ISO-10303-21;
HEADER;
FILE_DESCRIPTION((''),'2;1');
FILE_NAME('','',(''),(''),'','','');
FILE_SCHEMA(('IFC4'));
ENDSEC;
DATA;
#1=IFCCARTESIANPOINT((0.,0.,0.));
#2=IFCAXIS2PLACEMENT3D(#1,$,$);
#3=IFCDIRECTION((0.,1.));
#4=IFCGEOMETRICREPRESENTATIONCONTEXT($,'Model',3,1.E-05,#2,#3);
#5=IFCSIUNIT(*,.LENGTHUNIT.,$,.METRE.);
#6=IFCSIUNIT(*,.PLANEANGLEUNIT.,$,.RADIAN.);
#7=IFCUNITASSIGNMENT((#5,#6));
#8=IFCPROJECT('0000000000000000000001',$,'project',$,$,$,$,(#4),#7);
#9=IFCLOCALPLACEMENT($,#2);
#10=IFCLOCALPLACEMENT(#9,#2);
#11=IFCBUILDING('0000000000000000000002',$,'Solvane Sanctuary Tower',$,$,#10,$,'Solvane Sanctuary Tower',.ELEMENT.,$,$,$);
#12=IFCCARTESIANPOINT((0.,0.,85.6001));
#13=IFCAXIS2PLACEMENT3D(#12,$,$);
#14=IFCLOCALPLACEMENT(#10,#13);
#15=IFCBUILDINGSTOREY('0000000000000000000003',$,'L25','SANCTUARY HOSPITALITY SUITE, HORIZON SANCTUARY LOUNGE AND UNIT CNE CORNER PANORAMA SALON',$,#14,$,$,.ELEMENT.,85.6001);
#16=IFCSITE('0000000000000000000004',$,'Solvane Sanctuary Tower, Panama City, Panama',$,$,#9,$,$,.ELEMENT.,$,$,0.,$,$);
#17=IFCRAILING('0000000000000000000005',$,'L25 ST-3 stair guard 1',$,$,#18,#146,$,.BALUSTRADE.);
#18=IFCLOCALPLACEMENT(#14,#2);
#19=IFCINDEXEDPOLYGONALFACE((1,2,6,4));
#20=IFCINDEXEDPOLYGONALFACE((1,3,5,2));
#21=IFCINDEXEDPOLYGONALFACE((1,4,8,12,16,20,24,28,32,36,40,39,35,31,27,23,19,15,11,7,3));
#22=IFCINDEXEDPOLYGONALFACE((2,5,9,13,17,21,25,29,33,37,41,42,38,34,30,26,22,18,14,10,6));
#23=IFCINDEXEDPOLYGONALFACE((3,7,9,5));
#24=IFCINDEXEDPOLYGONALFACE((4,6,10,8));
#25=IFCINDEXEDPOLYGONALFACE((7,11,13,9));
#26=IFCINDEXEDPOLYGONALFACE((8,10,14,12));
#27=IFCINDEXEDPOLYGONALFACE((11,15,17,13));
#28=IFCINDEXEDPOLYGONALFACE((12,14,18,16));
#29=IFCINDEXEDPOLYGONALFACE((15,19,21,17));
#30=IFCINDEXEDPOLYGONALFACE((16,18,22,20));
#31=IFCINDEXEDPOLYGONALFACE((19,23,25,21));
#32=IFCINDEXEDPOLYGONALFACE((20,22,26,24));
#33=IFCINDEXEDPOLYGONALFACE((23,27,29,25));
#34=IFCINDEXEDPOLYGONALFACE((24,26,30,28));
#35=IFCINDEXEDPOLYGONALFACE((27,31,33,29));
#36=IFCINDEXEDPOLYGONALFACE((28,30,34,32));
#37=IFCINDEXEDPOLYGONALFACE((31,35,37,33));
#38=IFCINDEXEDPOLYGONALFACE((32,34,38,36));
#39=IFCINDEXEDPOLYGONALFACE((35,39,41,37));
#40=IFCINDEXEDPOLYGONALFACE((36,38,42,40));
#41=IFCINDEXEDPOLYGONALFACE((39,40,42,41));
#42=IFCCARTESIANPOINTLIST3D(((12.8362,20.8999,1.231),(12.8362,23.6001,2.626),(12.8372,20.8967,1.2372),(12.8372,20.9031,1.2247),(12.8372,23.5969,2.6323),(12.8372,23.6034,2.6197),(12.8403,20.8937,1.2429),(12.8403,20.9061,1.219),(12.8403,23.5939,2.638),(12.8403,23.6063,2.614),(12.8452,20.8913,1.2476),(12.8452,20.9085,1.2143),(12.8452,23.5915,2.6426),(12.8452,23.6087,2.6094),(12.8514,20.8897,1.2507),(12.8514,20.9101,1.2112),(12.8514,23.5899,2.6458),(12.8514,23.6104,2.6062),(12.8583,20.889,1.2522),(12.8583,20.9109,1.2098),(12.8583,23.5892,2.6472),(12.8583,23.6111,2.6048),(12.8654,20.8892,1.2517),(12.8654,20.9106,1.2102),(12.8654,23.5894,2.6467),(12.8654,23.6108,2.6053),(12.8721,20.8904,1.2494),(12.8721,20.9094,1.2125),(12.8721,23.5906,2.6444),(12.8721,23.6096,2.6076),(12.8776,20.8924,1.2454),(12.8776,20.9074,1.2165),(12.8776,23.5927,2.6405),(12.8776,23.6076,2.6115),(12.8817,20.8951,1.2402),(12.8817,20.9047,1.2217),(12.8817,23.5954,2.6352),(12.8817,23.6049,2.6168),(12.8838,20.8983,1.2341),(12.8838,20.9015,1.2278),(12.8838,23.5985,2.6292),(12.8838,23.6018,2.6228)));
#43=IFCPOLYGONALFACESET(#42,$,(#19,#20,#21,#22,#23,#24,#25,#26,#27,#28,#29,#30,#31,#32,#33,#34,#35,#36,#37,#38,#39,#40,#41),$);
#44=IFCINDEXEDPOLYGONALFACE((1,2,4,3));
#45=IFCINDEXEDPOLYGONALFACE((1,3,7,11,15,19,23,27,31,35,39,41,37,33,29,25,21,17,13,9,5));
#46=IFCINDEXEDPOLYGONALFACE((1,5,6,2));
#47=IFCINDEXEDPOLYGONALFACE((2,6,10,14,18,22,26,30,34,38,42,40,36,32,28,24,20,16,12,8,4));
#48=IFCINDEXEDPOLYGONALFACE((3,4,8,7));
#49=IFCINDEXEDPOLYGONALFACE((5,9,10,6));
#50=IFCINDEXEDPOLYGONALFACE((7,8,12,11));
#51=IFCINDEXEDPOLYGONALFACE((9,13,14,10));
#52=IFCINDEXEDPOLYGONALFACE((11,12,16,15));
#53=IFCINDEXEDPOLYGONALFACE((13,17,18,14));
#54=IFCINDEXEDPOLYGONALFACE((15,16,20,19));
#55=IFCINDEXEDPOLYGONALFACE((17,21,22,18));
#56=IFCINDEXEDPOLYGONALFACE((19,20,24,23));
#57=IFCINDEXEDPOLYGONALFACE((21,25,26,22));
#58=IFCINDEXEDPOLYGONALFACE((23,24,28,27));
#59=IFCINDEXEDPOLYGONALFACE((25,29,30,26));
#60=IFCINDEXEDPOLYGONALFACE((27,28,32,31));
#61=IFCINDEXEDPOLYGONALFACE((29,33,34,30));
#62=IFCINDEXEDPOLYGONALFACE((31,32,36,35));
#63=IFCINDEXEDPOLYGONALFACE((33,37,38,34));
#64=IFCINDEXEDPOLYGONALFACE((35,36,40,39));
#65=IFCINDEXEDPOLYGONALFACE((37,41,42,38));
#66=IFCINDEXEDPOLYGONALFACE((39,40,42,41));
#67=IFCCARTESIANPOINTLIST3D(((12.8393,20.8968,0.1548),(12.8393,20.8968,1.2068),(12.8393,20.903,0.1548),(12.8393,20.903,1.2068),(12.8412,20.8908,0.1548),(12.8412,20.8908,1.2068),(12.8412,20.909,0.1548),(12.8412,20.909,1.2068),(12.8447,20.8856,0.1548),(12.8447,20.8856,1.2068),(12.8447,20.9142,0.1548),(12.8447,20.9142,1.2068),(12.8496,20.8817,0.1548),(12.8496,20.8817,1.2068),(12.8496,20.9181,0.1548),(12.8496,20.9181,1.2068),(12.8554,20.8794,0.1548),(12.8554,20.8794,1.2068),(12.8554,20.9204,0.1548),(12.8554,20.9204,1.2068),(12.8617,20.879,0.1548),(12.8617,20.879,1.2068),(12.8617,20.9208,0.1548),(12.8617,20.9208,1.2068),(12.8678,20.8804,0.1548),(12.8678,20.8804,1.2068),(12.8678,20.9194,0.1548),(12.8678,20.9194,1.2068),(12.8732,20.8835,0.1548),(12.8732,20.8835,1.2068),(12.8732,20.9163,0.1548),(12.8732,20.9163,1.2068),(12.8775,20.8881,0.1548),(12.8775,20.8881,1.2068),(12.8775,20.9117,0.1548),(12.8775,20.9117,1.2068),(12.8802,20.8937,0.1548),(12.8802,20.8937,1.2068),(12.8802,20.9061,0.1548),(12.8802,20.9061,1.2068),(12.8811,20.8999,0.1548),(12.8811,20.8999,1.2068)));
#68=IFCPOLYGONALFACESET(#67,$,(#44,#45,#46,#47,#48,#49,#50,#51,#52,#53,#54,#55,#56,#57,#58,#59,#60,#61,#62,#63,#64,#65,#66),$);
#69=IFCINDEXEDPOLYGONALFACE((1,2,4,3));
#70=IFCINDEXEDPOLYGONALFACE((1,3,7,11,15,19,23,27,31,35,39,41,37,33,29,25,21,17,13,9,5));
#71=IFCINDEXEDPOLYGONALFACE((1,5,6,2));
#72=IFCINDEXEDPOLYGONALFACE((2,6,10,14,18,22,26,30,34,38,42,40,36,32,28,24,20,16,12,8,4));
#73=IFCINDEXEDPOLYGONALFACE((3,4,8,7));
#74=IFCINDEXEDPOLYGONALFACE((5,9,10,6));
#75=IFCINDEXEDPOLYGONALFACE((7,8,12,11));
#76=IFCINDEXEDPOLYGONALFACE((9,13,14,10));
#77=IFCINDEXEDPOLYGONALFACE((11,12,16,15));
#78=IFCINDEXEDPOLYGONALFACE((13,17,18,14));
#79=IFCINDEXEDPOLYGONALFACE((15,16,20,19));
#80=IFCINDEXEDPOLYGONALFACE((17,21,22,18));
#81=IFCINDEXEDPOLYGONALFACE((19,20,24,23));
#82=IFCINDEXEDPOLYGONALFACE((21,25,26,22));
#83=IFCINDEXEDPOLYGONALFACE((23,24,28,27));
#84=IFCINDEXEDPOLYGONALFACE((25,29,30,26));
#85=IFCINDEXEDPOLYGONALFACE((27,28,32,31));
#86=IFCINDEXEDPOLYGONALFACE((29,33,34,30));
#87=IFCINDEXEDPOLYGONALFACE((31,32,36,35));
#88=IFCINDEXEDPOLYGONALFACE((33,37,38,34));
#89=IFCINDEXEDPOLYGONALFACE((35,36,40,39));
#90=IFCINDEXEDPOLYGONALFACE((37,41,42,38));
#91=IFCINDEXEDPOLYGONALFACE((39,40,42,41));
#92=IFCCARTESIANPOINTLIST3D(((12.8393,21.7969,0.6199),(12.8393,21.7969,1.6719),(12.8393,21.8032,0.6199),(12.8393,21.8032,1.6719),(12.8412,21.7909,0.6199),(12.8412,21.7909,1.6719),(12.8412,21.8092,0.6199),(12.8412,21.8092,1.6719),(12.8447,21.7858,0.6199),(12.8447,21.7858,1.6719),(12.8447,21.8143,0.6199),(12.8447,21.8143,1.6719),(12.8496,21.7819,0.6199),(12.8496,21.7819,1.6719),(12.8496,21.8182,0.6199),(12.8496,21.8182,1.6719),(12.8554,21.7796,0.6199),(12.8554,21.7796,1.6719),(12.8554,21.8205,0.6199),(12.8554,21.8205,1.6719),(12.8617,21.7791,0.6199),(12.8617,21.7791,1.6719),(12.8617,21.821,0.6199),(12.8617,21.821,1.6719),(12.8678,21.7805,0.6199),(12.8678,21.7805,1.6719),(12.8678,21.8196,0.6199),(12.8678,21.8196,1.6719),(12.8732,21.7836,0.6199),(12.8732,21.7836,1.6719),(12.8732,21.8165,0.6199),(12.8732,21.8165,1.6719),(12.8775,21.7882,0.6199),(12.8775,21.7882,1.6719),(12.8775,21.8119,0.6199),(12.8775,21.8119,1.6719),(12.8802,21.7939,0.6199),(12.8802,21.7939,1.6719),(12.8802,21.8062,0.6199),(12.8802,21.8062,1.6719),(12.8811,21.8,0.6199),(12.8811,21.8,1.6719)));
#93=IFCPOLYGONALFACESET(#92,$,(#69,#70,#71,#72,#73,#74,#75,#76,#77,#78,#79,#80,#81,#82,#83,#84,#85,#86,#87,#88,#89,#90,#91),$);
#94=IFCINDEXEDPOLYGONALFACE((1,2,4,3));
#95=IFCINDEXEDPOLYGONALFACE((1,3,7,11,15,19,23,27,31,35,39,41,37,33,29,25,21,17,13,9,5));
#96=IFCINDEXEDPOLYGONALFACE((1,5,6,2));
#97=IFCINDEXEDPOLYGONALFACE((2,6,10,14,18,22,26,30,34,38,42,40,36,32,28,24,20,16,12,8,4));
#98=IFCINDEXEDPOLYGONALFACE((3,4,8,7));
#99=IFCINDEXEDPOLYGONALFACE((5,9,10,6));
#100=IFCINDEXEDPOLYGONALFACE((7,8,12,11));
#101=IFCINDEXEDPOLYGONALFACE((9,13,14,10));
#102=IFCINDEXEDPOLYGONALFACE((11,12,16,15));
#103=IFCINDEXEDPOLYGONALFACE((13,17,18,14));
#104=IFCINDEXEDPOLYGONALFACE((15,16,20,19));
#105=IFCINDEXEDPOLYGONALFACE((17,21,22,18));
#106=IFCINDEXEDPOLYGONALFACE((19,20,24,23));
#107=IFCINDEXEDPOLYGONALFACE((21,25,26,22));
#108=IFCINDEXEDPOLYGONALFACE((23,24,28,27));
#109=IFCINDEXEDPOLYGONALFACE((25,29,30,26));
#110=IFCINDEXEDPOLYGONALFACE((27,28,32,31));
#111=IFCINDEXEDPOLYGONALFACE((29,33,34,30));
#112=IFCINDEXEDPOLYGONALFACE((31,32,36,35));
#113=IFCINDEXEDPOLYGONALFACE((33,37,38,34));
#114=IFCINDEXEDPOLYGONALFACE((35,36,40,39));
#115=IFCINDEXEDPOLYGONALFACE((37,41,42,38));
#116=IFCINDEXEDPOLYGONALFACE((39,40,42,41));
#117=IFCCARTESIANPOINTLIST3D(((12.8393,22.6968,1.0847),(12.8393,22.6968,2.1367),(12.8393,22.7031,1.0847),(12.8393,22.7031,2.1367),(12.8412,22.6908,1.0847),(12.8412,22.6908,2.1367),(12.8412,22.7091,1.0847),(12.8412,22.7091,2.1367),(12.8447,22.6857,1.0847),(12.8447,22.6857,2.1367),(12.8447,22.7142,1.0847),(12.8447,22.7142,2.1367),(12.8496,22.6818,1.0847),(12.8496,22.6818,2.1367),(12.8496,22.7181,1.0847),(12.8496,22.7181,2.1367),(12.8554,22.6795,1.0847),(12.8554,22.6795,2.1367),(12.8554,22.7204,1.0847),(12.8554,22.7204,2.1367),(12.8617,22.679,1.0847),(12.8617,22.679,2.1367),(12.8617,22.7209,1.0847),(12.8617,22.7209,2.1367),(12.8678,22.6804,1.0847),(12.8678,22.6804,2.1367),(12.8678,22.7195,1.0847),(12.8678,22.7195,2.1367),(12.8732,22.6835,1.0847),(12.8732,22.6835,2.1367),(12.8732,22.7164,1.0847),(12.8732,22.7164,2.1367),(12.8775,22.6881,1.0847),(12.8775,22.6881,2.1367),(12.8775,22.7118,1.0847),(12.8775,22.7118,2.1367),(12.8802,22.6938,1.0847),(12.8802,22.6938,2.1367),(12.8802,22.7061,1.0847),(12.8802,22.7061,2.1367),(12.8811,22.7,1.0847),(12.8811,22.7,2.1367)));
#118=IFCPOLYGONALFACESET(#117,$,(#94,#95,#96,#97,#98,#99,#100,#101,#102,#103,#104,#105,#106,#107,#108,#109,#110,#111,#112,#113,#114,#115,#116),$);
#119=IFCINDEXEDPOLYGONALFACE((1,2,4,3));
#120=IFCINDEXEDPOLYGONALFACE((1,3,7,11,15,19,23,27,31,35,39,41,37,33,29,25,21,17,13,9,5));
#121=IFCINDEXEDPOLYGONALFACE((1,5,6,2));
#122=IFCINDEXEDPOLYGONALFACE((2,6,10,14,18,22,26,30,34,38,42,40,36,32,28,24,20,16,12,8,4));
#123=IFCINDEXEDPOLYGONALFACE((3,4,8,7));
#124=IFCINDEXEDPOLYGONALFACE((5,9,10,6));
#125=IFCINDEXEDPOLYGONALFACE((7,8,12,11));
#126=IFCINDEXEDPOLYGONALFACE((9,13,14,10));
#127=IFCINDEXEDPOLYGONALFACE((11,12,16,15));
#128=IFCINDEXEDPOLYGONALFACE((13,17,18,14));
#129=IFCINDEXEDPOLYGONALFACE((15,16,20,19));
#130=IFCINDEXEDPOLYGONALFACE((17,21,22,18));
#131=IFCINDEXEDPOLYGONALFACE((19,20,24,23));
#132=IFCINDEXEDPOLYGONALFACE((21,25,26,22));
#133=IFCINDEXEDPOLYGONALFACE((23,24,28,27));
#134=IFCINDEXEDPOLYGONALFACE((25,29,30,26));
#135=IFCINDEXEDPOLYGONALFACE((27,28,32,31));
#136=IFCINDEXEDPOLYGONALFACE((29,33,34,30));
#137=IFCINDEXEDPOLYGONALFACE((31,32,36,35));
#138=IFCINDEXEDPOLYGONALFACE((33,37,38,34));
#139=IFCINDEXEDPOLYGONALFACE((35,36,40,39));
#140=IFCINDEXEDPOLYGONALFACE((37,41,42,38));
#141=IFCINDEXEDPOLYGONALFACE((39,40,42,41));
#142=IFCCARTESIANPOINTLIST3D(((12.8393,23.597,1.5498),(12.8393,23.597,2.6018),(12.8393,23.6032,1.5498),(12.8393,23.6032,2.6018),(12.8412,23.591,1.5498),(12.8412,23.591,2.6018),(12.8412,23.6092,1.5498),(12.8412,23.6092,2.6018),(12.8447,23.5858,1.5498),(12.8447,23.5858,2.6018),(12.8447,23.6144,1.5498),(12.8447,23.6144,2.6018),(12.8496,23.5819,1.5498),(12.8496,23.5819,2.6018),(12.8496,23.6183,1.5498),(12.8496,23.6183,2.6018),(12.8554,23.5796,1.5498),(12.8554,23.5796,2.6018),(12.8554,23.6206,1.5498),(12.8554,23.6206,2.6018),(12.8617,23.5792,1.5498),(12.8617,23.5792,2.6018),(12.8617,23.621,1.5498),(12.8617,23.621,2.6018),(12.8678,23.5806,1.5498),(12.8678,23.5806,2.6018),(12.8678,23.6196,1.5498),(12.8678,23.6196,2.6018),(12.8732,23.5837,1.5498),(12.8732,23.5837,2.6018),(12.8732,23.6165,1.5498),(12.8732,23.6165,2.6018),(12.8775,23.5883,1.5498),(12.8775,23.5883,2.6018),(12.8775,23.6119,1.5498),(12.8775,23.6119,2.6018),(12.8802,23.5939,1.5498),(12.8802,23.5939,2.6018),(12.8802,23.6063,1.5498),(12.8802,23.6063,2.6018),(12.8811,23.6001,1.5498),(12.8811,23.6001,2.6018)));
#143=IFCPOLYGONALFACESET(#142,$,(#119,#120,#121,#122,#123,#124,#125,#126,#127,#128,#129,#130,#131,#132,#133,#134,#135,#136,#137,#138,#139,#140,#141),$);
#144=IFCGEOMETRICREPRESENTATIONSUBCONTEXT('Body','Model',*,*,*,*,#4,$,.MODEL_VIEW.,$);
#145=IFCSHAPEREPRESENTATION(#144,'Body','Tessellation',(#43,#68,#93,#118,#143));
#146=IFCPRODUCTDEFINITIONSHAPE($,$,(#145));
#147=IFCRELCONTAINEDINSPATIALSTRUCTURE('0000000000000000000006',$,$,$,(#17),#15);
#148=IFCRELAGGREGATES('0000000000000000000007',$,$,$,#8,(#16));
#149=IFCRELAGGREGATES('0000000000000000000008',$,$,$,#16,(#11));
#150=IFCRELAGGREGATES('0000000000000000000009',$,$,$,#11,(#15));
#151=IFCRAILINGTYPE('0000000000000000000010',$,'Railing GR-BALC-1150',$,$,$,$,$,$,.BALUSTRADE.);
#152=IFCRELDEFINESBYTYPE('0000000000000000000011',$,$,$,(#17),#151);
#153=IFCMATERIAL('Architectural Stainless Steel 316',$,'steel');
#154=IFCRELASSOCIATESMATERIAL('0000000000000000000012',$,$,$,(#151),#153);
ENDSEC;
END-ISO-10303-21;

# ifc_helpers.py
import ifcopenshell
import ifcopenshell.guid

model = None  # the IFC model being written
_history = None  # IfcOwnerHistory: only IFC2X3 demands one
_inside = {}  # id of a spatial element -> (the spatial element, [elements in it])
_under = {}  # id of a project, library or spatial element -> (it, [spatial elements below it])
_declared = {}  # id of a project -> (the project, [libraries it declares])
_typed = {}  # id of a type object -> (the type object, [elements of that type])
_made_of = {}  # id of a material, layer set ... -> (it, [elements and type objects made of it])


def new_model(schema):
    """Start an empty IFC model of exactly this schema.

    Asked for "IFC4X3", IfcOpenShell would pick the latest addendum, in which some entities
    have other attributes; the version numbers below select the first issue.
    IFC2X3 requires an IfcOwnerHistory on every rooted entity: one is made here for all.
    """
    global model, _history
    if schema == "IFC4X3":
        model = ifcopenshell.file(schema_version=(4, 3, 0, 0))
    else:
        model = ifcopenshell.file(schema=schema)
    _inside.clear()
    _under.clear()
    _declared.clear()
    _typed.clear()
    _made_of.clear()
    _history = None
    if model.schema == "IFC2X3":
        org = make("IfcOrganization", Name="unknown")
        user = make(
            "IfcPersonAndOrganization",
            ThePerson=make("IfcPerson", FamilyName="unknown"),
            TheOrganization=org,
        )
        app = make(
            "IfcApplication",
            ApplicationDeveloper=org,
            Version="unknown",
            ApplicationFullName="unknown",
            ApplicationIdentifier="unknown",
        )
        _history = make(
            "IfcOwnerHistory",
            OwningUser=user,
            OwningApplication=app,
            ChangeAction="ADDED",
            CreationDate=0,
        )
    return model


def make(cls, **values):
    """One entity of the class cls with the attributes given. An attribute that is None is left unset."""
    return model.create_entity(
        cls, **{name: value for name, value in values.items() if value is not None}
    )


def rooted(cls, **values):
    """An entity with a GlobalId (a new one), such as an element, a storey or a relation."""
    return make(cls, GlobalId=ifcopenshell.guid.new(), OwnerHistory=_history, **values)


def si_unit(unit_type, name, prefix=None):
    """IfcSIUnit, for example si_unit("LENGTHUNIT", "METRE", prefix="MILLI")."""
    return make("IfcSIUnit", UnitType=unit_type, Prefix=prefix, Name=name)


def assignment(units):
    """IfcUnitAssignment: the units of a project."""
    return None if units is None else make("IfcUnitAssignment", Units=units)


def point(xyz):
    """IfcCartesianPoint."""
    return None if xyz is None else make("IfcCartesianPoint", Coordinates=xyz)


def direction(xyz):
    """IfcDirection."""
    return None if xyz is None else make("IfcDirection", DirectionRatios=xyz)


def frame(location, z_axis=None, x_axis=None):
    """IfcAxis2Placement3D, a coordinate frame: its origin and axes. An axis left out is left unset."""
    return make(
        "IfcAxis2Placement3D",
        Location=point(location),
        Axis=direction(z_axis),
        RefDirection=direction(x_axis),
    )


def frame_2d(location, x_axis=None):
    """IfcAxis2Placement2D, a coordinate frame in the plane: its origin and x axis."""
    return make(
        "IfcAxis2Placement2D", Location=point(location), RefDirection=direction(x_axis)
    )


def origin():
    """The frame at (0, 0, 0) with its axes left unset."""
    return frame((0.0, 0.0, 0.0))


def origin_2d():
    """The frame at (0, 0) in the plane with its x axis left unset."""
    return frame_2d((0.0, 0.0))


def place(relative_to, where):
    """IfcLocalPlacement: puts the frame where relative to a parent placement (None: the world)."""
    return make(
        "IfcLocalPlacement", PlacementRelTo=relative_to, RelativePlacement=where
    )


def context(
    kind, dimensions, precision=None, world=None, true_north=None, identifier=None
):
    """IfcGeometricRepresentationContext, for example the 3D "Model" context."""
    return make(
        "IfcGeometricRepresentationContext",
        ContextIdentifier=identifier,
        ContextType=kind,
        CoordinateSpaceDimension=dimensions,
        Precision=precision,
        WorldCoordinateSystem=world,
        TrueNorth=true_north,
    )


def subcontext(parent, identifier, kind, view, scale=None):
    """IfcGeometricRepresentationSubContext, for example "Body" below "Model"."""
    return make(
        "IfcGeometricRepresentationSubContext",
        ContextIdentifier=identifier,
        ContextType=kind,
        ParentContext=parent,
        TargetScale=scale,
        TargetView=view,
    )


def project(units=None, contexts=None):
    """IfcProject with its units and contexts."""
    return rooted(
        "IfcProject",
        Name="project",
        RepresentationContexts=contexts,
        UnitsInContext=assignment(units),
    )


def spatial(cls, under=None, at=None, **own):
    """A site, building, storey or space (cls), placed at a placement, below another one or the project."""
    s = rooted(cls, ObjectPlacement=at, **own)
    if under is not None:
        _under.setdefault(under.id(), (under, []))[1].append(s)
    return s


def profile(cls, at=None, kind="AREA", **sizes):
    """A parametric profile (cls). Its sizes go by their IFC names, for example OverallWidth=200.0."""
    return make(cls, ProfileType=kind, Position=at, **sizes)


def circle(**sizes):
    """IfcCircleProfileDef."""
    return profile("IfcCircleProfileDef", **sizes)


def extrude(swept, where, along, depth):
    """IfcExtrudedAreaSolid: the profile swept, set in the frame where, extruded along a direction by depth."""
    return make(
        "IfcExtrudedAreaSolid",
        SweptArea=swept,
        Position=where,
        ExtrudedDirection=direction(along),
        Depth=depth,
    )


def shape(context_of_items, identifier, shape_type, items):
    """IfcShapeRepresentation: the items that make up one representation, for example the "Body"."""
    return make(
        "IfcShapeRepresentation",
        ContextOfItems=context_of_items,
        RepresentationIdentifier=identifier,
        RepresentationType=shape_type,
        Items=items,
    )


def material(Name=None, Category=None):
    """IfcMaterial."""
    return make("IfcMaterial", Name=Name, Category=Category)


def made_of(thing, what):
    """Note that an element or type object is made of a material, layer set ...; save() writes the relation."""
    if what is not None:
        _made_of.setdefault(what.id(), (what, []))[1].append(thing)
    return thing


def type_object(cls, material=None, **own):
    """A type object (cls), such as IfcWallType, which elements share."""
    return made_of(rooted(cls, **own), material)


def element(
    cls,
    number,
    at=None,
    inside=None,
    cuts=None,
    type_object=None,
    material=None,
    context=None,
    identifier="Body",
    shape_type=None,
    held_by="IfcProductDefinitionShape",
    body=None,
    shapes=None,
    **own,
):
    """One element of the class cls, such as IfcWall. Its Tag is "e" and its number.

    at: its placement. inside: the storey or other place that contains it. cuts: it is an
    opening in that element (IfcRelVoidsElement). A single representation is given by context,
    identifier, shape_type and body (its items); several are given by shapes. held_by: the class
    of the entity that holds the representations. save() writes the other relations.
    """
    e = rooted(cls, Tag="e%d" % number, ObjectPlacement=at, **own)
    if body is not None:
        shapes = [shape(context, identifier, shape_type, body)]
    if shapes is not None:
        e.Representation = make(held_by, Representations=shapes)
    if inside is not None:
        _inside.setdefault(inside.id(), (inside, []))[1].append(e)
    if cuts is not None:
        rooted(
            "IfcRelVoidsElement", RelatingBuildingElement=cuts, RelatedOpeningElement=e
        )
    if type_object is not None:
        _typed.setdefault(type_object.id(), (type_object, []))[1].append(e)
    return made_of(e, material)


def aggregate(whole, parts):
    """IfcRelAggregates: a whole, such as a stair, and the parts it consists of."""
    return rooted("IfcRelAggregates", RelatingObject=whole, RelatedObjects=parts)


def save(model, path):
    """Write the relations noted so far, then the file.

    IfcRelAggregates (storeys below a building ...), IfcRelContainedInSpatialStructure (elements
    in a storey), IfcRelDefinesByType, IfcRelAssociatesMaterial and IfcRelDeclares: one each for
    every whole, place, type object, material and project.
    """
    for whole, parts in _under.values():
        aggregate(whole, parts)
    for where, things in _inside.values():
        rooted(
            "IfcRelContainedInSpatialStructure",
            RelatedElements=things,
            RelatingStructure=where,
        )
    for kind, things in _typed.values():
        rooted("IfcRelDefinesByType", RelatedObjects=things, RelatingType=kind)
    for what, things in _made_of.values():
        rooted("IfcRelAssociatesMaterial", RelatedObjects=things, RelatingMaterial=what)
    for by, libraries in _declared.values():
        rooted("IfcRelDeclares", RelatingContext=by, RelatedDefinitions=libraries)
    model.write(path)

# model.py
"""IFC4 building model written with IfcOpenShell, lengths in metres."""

from ifc_helpers import new_model, si_unit, direction, frame, origin, origin_2d, place, context, subcontext, project, spatial, circle, extrude, material, type_object, element, save


model = new_model("IFC4")

# Units and contexts
model_context = context("Model", 3, precision=1e-05, world=origin(), true_north=direction((0.0, 1.0)))
body_context = subcontext(model_context, "Body", "Model", "MODEL_VIEW")
ifc_project = project(units=[si_unit("LENGTHUNIT", "METRE"), si_unit("PLANEANGLEUNIT", "RADIAN")], contexts=[model_context])

# Site, building, storey
site_placement = place(None, origin())
site = spatial("IfcSite", under=ifc_project, at=site_placement, Name="Solvane Sanctuary Tower, Panama City, Panama", CompositionType="ELEMENT", RefElevation=0.0)
building_placement = place(site_placement, origin())
building = spatial("IfcBuilding", under=site, at=building_placement, Name="Solvane Sanctuary Tower", LongName="Solvane Sanctuary Tower", CompositionType="ELEMENT")
storey_placement = place(building_placement, frame((0.0, 0.0, 85.6001)))
storey = spatial("IfcBuildingStorey", under=building, at=storey_placement, Name="L25", Description="SANCTUARY HOSPITALITY SUITE, HORIZON SANCTUARY LOUNGE AND UNIT CNE CORNER PANORAMA SALON", CompositionType="ELEMENT", Elevation=85.6001)

# Railing
ifc_material_1 = material(Name="Architectural Stainless Steel 316", Category="steel")
railing_type_1 = type_object("IfcRailingType", Name="Railing GR-BALC-1150", PredefinedType="BALUSTRADE", material=ifc_material_1)
railing_1_placement = place(storey_placement, frame((12.8601, 20.8999, 0.1548)))
element("IfcRailing", 1, at=railing_1_placement, inside=storey, type_object=railing_type_1, Name="L25 ST-3 stair guard 1", PredefinedType="BALUSTRADE", context=body_context, shape_type="SweptSolid", body=[
    extrude(circle(Radius=0.0239, at=origin_2d()), frame((0.0, 0.0, 1.0762), z_axis=(0.0, 0.888437, 0.458999), x_axis=(-1.0, 0.0, 0.0)), (0.0, 0.0, 1.0), 3.0393),
    extrude(circle(Radius=0.021, at=origin_2d()), origin(), (0.0, 0.0, 1.0), 1.052),
    extrude(circle(Radius=0.021, at=origin_2d()), frame((0.0, 0.9001, 0.4651)), (0.0, 0.0, 1.0), 1.052),
    extrude(circle(Radius=0.021, at=origin_2d()), frame((0.0, 1.8, 0.9299)), (0.0, 0.0, 1.0), 1.052),
    extrude(circle(Radius=0.021, at=origin_2d()), frame((0.0, 2.7002, 1.395)), (0.0, 0.0, 1.0), 1.052),
])

save(model, "model.ifc")
